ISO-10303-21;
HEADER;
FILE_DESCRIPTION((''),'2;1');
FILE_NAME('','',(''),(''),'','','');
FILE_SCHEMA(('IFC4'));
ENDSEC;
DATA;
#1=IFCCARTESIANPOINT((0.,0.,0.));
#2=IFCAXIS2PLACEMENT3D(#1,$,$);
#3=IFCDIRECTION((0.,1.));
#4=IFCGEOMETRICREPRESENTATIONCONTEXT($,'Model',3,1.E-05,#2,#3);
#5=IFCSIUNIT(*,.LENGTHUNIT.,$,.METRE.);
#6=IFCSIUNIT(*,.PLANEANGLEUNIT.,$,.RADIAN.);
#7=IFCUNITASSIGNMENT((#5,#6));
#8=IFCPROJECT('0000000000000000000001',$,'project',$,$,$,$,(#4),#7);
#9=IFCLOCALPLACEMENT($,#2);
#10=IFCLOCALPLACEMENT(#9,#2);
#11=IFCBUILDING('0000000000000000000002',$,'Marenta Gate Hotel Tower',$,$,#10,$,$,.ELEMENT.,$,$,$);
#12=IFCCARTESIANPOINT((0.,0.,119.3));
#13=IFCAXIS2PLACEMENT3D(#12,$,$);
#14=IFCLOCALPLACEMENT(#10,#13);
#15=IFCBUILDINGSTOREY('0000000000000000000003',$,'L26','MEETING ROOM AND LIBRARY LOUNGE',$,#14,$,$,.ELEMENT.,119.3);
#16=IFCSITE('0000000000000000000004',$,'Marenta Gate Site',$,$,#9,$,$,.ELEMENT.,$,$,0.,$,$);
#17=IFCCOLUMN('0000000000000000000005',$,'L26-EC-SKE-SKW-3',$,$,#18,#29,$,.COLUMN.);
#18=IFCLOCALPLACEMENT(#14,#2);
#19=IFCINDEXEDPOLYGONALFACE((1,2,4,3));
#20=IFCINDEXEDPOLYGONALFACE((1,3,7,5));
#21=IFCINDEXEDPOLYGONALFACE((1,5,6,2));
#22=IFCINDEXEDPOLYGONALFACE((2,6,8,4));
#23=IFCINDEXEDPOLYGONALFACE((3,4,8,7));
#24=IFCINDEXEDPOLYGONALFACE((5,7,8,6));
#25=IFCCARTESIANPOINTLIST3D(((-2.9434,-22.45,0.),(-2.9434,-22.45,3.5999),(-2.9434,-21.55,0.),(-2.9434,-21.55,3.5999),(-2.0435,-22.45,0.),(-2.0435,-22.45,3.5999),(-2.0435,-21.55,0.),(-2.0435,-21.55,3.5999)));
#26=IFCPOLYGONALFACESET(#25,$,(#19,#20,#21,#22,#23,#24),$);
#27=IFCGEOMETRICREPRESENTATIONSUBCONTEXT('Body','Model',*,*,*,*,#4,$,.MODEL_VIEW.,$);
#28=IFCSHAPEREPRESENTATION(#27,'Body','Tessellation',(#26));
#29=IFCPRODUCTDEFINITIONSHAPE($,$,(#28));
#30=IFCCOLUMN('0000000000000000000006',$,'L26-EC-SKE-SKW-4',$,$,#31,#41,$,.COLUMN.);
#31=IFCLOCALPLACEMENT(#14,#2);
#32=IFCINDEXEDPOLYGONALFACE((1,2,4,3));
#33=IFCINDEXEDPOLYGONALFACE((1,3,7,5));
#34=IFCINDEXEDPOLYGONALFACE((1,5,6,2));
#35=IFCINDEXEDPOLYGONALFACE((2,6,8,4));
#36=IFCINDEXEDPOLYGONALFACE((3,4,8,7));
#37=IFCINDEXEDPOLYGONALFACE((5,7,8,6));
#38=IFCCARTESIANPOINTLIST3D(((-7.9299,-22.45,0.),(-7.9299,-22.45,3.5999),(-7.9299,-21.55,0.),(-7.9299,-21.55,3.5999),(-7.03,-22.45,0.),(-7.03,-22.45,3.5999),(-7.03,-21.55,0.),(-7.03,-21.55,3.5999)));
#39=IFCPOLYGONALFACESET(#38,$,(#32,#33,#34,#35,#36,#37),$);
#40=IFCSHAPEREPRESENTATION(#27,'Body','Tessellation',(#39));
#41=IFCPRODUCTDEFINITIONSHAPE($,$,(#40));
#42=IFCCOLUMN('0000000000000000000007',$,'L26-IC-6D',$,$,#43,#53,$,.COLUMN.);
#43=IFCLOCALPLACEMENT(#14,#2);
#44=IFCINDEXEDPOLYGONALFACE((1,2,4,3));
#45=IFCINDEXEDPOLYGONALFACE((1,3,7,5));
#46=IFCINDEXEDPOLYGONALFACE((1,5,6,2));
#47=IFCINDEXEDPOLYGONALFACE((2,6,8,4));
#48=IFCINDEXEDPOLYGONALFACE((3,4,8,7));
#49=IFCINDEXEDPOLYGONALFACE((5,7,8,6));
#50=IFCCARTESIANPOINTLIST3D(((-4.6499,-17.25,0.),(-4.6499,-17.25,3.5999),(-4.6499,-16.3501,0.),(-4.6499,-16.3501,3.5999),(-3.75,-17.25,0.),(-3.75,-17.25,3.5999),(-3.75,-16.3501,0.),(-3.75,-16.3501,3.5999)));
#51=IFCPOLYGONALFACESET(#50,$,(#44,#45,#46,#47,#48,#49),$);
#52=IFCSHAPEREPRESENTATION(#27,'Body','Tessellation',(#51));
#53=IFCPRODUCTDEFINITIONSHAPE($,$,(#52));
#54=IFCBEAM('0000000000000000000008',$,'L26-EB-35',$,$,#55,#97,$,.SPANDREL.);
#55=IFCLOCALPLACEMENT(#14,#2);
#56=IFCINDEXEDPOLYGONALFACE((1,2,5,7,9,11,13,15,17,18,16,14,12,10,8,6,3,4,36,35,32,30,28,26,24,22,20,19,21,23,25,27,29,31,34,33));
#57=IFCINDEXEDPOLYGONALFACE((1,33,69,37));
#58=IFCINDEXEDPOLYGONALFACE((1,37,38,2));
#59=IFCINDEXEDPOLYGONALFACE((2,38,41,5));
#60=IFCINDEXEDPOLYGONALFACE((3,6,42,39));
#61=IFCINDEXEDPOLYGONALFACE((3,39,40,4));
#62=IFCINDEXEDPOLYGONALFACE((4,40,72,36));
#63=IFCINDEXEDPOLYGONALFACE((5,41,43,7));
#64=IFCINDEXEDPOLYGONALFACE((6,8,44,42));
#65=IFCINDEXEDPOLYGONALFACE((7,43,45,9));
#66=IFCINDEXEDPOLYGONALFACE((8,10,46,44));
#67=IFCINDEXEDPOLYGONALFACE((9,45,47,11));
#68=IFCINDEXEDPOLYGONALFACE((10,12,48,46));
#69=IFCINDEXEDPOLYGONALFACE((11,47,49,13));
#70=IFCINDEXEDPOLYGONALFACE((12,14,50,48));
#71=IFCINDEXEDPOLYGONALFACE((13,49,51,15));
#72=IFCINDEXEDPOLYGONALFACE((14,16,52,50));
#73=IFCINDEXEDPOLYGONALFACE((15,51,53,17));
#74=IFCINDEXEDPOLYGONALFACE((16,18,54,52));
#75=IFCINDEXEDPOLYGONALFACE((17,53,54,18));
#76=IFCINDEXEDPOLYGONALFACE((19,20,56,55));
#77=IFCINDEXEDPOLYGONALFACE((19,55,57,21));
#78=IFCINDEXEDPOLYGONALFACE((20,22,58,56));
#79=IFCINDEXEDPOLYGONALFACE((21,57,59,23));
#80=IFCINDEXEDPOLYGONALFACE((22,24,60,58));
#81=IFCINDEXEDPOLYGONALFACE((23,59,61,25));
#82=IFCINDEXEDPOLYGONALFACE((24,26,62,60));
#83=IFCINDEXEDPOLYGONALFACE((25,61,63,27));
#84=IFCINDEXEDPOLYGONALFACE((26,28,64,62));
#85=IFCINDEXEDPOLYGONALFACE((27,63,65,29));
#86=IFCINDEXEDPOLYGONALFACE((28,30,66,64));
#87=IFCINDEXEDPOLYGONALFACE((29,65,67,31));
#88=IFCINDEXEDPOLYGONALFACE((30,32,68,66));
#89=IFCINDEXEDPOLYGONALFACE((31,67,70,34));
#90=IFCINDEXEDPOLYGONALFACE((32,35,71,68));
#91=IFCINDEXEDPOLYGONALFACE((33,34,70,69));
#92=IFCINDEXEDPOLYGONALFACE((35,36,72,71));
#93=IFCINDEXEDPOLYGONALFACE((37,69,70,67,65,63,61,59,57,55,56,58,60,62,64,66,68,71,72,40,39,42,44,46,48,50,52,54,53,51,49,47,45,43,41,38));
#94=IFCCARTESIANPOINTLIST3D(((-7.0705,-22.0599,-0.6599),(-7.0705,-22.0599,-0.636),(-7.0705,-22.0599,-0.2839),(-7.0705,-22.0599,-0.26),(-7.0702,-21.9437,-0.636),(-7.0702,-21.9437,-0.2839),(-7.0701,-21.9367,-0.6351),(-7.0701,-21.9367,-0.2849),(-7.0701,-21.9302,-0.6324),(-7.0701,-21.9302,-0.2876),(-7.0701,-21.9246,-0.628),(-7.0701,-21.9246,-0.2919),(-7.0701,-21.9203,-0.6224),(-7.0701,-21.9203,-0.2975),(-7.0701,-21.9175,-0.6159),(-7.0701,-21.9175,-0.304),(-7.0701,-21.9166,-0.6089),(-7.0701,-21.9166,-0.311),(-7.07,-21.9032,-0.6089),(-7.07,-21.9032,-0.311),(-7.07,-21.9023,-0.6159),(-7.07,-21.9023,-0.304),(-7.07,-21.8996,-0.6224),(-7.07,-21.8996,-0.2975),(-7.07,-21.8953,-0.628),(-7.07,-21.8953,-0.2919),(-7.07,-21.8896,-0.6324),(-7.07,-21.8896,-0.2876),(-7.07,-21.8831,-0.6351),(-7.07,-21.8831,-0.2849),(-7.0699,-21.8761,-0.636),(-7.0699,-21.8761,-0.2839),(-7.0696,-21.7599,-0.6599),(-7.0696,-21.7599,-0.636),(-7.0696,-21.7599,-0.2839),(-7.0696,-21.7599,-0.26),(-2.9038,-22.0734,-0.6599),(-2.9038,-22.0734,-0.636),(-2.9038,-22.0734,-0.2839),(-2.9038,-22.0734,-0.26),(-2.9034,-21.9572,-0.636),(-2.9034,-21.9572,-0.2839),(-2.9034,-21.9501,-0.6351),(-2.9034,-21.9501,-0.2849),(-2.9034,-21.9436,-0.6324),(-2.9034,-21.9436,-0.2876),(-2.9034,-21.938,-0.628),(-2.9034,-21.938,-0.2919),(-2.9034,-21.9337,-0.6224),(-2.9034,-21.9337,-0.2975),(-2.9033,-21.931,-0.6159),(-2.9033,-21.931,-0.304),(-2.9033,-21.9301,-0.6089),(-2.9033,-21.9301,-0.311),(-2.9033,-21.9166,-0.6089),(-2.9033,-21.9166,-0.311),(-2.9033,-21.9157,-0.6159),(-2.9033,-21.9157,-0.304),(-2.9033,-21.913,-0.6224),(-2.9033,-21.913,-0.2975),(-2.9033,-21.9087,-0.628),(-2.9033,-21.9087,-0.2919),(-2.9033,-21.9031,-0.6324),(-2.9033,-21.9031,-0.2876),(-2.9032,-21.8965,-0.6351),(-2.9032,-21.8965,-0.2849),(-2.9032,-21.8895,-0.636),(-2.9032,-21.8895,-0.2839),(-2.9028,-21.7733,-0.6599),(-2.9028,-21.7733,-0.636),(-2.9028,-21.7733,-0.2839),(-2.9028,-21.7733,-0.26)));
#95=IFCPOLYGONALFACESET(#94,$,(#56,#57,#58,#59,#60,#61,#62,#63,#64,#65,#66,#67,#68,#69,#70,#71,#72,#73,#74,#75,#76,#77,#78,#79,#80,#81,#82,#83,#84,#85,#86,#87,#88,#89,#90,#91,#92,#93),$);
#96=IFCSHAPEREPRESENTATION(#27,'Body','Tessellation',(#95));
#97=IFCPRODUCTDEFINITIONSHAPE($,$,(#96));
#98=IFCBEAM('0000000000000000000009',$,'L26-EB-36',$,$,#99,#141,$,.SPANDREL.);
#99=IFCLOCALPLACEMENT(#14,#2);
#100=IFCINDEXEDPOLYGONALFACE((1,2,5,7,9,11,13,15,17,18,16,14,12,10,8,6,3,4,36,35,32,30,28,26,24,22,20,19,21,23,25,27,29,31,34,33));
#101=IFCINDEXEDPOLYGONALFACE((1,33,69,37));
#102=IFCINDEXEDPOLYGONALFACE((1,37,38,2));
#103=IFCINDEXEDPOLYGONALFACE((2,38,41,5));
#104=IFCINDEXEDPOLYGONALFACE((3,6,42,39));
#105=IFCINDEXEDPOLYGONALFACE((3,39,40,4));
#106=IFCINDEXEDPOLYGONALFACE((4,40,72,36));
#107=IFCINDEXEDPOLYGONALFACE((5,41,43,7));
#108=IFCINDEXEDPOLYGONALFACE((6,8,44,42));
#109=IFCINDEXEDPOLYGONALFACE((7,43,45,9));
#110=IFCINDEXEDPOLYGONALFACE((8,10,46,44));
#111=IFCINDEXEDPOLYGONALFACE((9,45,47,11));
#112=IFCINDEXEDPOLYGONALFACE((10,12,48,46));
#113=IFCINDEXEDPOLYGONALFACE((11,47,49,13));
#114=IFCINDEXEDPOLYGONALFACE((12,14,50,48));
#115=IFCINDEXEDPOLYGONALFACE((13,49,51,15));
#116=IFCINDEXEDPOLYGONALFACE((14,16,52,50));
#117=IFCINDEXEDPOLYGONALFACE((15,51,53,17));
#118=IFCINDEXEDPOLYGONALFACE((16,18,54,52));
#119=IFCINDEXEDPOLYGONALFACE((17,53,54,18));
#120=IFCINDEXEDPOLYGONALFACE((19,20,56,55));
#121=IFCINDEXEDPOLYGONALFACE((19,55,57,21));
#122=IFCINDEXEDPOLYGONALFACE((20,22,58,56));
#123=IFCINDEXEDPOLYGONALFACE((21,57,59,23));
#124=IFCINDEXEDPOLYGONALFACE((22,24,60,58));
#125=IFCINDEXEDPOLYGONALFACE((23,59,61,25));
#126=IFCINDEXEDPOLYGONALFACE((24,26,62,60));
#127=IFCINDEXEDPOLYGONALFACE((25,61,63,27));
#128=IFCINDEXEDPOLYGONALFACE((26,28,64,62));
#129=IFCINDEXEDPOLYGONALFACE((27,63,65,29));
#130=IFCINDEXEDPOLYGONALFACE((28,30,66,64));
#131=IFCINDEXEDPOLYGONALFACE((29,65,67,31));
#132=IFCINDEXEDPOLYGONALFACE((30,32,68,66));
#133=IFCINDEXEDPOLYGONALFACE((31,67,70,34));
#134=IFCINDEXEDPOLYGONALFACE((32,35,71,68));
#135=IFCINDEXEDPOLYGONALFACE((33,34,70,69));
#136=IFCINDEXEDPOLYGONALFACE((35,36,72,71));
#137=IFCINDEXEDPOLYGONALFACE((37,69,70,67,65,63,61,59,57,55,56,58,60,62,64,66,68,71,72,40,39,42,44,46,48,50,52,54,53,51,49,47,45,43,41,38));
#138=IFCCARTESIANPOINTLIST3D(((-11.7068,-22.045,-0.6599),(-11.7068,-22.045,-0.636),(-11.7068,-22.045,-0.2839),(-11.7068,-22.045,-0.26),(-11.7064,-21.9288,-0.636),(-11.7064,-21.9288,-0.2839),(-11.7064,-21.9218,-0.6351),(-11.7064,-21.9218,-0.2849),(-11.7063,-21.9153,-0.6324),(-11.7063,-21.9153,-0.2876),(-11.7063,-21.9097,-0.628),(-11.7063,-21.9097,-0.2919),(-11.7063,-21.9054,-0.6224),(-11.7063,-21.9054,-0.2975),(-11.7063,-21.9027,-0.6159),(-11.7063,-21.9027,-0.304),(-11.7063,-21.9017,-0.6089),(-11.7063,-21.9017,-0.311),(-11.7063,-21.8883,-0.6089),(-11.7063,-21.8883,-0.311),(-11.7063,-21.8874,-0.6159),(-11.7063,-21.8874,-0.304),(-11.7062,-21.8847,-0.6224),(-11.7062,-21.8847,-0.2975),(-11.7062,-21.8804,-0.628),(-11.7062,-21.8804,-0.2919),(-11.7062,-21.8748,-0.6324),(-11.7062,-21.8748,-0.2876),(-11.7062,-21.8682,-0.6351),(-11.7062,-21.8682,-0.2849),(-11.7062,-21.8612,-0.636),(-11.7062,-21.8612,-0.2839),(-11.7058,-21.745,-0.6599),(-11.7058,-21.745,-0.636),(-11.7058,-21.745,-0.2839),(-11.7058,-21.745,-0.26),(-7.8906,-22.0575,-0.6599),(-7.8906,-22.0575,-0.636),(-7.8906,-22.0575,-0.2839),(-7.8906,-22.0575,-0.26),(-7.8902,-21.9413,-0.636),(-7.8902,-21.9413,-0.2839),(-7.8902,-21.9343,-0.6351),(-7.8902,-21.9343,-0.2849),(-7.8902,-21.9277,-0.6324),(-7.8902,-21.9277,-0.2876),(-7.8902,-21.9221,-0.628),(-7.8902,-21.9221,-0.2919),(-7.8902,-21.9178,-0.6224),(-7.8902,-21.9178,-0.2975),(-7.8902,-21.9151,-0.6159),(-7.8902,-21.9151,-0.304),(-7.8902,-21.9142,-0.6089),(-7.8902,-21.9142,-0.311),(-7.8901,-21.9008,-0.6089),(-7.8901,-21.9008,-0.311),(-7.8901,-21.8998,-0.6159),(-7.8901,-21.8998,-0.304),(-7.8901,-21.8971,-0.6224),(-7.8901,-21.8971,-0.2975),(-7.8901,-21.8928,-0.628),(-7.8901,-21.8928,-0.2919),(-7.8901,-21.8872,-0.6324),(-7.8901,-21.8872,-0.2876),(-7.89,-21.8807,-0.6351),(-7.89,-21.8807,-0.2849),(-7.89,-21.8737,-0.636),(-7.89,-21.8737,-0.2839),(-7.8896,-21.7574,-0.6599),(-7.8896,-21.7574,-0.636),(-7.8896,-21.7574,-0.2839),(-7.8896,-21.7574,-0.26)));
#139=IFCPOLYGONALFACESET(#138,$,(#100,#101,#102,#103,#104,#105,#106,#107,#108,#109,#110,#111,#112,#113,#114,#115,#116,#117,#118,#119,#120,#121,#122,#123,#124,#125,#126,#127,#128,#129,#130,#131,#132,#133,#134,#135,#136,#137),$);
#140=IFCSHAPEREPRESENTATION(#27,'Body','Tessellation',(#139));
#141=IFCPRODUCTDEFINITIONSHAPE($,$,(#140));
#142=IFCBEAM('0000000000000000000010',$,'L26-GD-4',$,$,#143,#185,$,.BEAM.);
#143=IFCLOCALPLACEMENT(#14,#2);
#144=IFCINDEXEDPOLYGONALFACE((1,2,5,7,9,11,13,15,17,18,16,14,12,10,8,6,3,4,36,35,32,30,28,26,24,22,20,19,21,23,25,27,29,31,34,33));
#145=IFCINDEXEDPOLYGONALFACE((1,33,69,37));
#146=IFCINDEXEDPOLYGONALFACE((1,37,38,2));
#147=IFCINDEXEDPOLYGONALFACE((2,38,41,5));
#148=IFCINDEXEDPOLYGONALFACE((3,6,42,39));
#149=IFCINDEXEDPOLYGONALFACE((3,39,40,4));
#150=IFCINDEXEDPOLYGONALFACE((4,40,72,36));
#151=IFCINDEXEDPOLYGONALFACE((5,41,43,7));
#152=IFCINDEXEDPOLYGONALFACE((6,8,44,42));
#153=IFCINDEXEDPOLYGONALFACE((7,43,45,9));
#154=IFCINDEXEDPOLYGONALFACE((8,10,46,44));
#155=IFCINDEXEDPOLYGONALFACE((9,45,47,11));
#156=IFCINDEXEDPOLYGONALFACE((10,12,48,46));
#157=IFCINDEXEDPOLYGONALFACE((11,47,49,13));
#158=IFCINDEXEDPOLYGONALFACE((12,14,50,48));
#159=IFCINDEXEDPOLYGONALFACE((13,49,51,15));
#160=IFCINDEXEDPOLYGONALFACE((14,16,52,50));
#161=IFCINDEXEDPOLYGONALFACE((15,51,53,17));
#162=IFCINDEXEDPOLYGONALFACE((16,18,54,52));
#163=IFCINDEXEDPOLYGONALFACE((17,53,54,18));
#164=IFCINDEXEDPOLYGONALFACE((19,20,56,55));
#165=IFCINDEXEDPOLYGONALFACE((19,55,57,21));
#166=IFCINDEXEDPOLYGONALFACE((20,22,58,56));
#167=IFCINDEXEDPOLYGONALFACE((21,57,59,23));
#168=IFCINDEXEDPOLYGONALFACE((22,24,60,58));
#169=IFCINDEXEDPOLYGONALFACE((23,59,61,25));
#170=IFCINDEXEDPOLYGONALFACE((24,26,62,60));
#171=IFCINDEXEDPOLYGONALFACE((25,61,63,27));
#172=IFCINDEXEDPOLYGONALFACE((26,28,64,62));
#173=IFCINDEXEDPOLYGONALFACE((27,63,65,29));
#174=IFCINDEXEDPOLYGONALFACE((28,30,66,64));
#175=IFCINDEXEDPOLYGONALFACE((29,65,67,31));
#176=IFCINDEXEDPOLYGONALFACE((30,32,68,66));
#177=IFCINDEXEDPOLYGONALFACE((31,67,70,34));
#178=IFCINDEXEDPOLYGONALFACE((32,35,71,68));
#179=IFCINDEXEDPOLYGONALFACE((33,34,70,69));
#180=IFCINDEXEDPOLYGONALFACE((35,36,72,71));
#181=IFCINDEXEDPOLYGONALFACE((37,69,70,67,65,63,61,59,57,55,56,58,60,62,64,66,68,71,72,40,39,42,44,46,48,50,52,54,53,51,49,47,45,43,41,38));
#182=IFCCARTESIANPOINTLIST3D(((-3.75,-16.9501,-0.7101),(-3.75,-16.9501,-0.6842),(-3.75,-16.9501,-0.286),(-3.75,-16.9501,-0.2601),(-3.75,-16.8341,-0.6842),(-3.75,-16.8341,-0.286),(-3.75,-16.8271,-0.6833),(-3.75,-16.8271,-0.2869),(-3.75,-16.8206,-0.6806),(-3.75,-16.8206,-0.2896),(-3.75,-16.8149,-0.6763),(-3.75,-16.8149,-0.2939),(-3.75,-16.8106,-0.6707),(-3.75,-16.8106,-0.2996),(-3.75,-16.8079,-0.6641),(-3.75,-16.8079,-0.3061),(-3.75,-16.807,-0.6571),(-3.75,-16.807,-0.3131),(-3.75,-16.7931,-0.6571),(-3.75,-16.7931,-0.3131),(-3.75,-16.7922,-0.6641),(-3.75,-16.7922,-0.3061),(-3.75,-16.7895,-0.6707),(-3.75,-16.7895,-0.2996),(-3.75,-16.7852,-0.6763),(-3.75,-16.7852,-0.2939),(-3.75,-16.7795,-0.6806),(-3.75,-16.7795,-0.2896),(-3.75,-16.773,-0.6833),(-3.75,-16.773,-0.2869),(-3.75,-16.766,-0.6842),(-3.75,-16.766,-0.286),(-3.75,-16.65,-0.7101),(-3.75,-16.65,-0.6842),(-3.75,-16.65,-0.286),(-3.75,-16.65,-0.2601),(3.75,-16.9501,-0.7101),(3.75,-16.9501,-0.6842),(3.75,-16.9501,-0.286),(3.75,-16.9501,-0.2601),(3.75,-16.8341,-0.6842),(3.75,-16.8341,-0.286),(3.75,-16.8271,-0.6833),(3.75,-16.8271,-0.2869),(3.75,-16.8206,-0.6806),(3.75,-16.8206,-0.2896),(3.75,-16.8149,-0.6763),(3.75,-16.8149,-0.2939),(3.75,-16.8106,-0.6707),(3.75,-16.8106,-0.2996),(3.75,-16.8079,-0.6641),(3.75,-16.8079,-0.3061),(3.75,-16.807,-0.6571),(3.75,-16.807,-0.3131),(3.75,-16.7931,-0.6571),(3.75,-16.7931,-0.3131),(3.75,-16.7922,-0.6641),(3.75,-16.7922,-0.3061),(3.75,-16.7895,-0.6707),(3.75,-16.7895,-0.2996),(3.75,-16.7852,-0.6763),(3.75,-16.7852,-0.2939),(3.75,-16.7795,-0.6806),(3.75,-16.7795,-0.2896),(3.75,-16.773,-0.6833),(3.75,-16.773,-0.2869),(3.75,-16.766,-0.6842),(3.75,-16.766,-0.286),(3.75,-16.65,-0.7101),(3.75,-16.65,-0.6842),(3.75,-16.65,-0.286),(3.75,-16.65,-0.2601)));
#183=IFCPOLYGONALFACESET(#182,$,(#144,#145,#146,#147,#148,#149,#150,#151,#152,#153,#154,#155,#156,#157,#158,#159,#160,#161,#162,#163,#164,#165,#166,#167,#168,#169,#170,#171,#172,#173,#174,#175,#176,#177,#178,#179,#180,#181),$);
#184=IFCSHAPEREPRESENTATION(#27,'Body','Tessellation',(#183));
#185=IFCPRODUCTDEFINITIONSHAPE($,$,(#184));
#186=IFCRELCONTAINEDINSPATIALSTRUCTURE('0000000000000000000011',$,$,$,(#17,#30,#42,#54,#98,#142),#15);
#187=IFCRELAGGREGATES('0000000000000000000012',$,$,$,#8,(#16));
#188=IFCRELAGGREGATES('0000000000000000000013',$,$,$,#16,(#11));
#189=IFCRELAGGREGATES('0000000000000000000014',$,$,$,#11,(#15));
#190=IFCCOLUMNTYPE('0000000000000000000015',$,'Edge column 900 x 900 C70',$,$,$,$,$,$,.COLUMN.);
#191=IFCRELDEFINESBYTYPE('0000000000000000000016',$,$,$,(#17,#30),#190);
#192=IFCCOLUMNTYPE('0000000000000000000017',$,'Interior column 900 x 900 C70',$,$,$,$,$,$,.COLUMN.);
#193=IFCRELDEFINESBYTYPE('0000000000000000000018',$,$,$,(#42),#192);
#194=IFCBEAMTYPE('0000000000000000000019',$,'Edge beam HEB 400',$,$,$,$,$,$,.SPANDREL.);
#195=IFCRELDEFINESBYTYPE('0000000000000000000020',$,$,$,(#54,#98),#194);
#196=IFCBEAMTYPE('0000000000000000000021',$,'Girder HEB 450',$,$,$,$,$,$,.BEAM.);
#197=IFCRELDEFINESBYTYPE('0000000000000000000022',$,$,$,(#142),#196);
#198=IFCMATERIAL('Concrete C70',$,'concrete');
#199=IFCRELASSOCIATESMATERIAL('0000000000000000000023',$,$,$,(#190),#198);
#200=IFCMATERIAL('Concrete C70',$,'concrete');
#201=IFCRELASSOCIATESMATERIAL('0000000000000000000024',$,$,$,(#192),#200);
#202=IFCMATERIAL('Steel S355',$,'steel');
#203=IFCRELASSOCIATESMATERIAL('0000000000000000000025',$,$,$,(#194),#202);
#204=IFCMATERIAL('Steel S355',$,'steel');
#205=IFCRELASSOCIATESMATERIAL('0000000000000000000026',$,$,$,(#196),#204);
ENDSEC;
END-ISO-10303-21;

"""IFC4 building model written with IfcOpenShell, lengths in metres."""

from ifc_helpers import new_model, si_unit, direction, frame, origin, origin_2d, place, context, subcontext, project, spatial, rectangle, i_section, extrude, material, material_profile, profile_set, type_object, element, save


model = new_model("IFC4")

# Units and contexts
model_context = context("Model", 3, precision=1e-05, world=origin(), true_north=direction((0.0, 1.0)))
body_context = subcontext(model_context, "Body", "Model", "MODEL_VIEW")
ifc_project = project(units=[si_unit("LENGTHUNIT", "METRE"), si_unit("PLANEANGLEUNIT", "RADIAN")], contexts=[model_context])

# Site, building, storey
site_placement = place(None, origin())
site = spatial("IfcSite", under=ifc_project, at=site_placement, Name="Marenta Gate Site", CompositionType="ELEMENT", RefElevation=0.0)
building_placement = place(site_placement, origin())
building = spatial("IfcBuilding", under=site, at=building_placement, Name="Marenta Gate Hotel Tower", CompositionType="ELEMENT")
storey_placement = place(building_placement, frame((0.0, 0.0, 119.3)))
storey = spatial("IfcBuildingStorey", under=building, at=storey_placement, Name="L26", Description="MEETING ROOM AND LIBRARY LOUNGE", CompositionType="ELEMENT", Elevation=119.3)

# Columns
ifc_material_1 = material(Name="Concrete C70", Category="concrete")
ifc_material_profile_1 = material_profile(ifc_material_1, rectangle(XDim=0.8999, YDim=0.8999, at=origin_2d()), Name="900 x 900")
ifc_profile_set_1 = profile_set([ifc_material_profile_1], Name="Concrete C70")
column_type_1 = type_object("IfcColumnType", Name="Edge column 900 x 900 C70", PredefinedType="COLUMN", material=ifc_profile_set_1)
for number, where, z_axis, x_axis, name in (
    (1, (-2.4934, -22.0, 0.0), (0.0, 0.0, 1.0), (1.0, 0.0, 0.0), "L26-EC-SKE-SKW-3"),
    (2, (-7.48, -22.0, 0.0), (0.0, 0.0, 1.0), (1.0, 0.0, 0.0), "L26-EC-SKE-SKW-4"),
):
    element("IfcColumn", number, at=place(storey_placement, frame(where, z_axis=z_axis, x_axis=x_axis)), inside=storey, type_object=column_type_1, Name=name, PredefinedType="COLUMN", context=body_context, shape_type="SweptSolid", body=[
        extrude(rectangle(XDim=0.8999, YDim=0.8999, at=origin_2d()), origin(), (0.0, 0.0, 1.0), 3.5999),
    ])
ifc_material_2 = material(Name="Concrete C70", Category="concrete")
ifc_material_profile_2 = material_profile(ifc_material_2, rectangle(XDim=0.8999, YDim=0.8999, at=origin_2d()), Name="900 x 900")
ifc_profile_set_2 = profile_set([ifc_material_profile_2], Name="Concrete C70")
column_type_2 = type_object("IfcColumnType", Name="Interior column 900 x 900 C70", PredefinedType="COLUMN", material=ifc_profile_set_2)
column_placement = place(storey_placement, frame((-4.2, -16.8, 0.0), z_axis=(0.0, 0.0, 1.0), x_axis=(1.0, 0.0, 0.0)))
element("IfcColumn", 3, at=column_placement, inside=storey, type_object=column_type_2, Name="L26-IC-6D", PredefinedType="COLUMN", context=body_context, shape_type="SweptSolid", body=[
    extrude(rectangle(XDim=0.8999, YDim=0.8999, at=origin_2d()), origin(), (0.0, 0.0, 1.0), 3.5999),
])

# Beams
ifc_material_3 = material(Name="Steel S355", Category="steel")
ifc_material_profile_3 = material_profile(ifc_material_3, i_section(OverallWidth=0.3, OverallDepth=0.3999, WebThickness=0.0134, FlangeThickness=0.0239, FilletRadius=0.0271, at=origin_2d()), Name="HEB 400")
ifc_profile_set_3 = profile_set([ifc_material_profile_3], Name="Steel S355")
beam_type_1 = type_object("IfcBeamType", Name="Edge beam HEB 400", PredefinedType="SPANDREL", material=ifc_profile_set_3)
beam_1_placement = place(storey_placement, frame((-2.9033, -21.9233, -0.46), z_axis=(-0.999995, 0.003223, 0.0), x_axis=(-0.003223, -0.999995, 0.0)))
element("IfcBeam", 4, at=beam_1_placement, inside=storey, type_object=beam_type_1, Name="L26-EB-35", PredefinedType="SPANDREL", context=body_context, shape_type="SweptSolid", body=[
    extrude(i_section(OverallWidth=0.3, OverallDepth=0.3999, WebThickness=0.0134, FlangeThickness=0.0239, FilletRadius=0.0271, at=origin_2d()), origin(), (0.0, 0.0, 1.0), 4.1667),
])
beam_2_placement = place(storey_placement, frame((-7.8901, -21.9075, -0.46), z_axis=(-0.999995, 0.003263, 0.0), x_axis=(-0.003263, -0.999995, 0.0)))
element("IfcBeam", 5, at=beam_2_placement, inside=storey, type_object=beam_type_1, Name="L26-EB-36", PredefinedType="SPANDREL", context=body_context, shape_type="SweptSolid", body=[
    extrude(i_section(OverallWidth=0.3, OverallDepth=0.3999, WebThickness=0.0134, FlangeThickness=0.0239, FilletRadius=0.0271, at=origin_2d()), origin(), (0.0, 0.0, 1.0), 3.8162),
])
ifc_material_4 = material(Name="Steel S355", Category="steel")
ifc_material_profile_4 = material_profile(ifc_material_4, i_section(OverallWidth=0.3, OverallDepth=0.45, WebThickness=0.0139, FlangeThickness=0.0259, FilletRadius=0.0271, at=origin_2d()), Name="HEB 450")
ifc_profile_set_4 = profile_set([ifc_material_profile_4], Name="Steel S355")
beam_type_2 = type_object("IfcBeamType", Name="Girder HEB 450", PredefinedType="BEAM", material=ifc_profile_set_4)
beam_3_placement = place(storey_placement, frame((-3.75, -16.8, -0.4851), z_axis=(1.0, 0.0, 0.0), x_axis=(0.0, 1.0, 0.0)))
element("IfcBeam", 6, at=beam_3_placement, inside=storey, type_object=beam_type_2, Name="L26-GD-4", PredefinedType="BEAM", context=body_context, shape_type="SweptSolid", body=[
    extrude(i_section(OverallWidth=0.3, OverallDepth=0.45, WebThickness=0.0139, FlangeThickness=0.0259, FilletRadius=0.0271, at=origin_2d()), origin(), (0.0, 0.0, 1.0), 7.5),
])

save(model, "model.ifc")
